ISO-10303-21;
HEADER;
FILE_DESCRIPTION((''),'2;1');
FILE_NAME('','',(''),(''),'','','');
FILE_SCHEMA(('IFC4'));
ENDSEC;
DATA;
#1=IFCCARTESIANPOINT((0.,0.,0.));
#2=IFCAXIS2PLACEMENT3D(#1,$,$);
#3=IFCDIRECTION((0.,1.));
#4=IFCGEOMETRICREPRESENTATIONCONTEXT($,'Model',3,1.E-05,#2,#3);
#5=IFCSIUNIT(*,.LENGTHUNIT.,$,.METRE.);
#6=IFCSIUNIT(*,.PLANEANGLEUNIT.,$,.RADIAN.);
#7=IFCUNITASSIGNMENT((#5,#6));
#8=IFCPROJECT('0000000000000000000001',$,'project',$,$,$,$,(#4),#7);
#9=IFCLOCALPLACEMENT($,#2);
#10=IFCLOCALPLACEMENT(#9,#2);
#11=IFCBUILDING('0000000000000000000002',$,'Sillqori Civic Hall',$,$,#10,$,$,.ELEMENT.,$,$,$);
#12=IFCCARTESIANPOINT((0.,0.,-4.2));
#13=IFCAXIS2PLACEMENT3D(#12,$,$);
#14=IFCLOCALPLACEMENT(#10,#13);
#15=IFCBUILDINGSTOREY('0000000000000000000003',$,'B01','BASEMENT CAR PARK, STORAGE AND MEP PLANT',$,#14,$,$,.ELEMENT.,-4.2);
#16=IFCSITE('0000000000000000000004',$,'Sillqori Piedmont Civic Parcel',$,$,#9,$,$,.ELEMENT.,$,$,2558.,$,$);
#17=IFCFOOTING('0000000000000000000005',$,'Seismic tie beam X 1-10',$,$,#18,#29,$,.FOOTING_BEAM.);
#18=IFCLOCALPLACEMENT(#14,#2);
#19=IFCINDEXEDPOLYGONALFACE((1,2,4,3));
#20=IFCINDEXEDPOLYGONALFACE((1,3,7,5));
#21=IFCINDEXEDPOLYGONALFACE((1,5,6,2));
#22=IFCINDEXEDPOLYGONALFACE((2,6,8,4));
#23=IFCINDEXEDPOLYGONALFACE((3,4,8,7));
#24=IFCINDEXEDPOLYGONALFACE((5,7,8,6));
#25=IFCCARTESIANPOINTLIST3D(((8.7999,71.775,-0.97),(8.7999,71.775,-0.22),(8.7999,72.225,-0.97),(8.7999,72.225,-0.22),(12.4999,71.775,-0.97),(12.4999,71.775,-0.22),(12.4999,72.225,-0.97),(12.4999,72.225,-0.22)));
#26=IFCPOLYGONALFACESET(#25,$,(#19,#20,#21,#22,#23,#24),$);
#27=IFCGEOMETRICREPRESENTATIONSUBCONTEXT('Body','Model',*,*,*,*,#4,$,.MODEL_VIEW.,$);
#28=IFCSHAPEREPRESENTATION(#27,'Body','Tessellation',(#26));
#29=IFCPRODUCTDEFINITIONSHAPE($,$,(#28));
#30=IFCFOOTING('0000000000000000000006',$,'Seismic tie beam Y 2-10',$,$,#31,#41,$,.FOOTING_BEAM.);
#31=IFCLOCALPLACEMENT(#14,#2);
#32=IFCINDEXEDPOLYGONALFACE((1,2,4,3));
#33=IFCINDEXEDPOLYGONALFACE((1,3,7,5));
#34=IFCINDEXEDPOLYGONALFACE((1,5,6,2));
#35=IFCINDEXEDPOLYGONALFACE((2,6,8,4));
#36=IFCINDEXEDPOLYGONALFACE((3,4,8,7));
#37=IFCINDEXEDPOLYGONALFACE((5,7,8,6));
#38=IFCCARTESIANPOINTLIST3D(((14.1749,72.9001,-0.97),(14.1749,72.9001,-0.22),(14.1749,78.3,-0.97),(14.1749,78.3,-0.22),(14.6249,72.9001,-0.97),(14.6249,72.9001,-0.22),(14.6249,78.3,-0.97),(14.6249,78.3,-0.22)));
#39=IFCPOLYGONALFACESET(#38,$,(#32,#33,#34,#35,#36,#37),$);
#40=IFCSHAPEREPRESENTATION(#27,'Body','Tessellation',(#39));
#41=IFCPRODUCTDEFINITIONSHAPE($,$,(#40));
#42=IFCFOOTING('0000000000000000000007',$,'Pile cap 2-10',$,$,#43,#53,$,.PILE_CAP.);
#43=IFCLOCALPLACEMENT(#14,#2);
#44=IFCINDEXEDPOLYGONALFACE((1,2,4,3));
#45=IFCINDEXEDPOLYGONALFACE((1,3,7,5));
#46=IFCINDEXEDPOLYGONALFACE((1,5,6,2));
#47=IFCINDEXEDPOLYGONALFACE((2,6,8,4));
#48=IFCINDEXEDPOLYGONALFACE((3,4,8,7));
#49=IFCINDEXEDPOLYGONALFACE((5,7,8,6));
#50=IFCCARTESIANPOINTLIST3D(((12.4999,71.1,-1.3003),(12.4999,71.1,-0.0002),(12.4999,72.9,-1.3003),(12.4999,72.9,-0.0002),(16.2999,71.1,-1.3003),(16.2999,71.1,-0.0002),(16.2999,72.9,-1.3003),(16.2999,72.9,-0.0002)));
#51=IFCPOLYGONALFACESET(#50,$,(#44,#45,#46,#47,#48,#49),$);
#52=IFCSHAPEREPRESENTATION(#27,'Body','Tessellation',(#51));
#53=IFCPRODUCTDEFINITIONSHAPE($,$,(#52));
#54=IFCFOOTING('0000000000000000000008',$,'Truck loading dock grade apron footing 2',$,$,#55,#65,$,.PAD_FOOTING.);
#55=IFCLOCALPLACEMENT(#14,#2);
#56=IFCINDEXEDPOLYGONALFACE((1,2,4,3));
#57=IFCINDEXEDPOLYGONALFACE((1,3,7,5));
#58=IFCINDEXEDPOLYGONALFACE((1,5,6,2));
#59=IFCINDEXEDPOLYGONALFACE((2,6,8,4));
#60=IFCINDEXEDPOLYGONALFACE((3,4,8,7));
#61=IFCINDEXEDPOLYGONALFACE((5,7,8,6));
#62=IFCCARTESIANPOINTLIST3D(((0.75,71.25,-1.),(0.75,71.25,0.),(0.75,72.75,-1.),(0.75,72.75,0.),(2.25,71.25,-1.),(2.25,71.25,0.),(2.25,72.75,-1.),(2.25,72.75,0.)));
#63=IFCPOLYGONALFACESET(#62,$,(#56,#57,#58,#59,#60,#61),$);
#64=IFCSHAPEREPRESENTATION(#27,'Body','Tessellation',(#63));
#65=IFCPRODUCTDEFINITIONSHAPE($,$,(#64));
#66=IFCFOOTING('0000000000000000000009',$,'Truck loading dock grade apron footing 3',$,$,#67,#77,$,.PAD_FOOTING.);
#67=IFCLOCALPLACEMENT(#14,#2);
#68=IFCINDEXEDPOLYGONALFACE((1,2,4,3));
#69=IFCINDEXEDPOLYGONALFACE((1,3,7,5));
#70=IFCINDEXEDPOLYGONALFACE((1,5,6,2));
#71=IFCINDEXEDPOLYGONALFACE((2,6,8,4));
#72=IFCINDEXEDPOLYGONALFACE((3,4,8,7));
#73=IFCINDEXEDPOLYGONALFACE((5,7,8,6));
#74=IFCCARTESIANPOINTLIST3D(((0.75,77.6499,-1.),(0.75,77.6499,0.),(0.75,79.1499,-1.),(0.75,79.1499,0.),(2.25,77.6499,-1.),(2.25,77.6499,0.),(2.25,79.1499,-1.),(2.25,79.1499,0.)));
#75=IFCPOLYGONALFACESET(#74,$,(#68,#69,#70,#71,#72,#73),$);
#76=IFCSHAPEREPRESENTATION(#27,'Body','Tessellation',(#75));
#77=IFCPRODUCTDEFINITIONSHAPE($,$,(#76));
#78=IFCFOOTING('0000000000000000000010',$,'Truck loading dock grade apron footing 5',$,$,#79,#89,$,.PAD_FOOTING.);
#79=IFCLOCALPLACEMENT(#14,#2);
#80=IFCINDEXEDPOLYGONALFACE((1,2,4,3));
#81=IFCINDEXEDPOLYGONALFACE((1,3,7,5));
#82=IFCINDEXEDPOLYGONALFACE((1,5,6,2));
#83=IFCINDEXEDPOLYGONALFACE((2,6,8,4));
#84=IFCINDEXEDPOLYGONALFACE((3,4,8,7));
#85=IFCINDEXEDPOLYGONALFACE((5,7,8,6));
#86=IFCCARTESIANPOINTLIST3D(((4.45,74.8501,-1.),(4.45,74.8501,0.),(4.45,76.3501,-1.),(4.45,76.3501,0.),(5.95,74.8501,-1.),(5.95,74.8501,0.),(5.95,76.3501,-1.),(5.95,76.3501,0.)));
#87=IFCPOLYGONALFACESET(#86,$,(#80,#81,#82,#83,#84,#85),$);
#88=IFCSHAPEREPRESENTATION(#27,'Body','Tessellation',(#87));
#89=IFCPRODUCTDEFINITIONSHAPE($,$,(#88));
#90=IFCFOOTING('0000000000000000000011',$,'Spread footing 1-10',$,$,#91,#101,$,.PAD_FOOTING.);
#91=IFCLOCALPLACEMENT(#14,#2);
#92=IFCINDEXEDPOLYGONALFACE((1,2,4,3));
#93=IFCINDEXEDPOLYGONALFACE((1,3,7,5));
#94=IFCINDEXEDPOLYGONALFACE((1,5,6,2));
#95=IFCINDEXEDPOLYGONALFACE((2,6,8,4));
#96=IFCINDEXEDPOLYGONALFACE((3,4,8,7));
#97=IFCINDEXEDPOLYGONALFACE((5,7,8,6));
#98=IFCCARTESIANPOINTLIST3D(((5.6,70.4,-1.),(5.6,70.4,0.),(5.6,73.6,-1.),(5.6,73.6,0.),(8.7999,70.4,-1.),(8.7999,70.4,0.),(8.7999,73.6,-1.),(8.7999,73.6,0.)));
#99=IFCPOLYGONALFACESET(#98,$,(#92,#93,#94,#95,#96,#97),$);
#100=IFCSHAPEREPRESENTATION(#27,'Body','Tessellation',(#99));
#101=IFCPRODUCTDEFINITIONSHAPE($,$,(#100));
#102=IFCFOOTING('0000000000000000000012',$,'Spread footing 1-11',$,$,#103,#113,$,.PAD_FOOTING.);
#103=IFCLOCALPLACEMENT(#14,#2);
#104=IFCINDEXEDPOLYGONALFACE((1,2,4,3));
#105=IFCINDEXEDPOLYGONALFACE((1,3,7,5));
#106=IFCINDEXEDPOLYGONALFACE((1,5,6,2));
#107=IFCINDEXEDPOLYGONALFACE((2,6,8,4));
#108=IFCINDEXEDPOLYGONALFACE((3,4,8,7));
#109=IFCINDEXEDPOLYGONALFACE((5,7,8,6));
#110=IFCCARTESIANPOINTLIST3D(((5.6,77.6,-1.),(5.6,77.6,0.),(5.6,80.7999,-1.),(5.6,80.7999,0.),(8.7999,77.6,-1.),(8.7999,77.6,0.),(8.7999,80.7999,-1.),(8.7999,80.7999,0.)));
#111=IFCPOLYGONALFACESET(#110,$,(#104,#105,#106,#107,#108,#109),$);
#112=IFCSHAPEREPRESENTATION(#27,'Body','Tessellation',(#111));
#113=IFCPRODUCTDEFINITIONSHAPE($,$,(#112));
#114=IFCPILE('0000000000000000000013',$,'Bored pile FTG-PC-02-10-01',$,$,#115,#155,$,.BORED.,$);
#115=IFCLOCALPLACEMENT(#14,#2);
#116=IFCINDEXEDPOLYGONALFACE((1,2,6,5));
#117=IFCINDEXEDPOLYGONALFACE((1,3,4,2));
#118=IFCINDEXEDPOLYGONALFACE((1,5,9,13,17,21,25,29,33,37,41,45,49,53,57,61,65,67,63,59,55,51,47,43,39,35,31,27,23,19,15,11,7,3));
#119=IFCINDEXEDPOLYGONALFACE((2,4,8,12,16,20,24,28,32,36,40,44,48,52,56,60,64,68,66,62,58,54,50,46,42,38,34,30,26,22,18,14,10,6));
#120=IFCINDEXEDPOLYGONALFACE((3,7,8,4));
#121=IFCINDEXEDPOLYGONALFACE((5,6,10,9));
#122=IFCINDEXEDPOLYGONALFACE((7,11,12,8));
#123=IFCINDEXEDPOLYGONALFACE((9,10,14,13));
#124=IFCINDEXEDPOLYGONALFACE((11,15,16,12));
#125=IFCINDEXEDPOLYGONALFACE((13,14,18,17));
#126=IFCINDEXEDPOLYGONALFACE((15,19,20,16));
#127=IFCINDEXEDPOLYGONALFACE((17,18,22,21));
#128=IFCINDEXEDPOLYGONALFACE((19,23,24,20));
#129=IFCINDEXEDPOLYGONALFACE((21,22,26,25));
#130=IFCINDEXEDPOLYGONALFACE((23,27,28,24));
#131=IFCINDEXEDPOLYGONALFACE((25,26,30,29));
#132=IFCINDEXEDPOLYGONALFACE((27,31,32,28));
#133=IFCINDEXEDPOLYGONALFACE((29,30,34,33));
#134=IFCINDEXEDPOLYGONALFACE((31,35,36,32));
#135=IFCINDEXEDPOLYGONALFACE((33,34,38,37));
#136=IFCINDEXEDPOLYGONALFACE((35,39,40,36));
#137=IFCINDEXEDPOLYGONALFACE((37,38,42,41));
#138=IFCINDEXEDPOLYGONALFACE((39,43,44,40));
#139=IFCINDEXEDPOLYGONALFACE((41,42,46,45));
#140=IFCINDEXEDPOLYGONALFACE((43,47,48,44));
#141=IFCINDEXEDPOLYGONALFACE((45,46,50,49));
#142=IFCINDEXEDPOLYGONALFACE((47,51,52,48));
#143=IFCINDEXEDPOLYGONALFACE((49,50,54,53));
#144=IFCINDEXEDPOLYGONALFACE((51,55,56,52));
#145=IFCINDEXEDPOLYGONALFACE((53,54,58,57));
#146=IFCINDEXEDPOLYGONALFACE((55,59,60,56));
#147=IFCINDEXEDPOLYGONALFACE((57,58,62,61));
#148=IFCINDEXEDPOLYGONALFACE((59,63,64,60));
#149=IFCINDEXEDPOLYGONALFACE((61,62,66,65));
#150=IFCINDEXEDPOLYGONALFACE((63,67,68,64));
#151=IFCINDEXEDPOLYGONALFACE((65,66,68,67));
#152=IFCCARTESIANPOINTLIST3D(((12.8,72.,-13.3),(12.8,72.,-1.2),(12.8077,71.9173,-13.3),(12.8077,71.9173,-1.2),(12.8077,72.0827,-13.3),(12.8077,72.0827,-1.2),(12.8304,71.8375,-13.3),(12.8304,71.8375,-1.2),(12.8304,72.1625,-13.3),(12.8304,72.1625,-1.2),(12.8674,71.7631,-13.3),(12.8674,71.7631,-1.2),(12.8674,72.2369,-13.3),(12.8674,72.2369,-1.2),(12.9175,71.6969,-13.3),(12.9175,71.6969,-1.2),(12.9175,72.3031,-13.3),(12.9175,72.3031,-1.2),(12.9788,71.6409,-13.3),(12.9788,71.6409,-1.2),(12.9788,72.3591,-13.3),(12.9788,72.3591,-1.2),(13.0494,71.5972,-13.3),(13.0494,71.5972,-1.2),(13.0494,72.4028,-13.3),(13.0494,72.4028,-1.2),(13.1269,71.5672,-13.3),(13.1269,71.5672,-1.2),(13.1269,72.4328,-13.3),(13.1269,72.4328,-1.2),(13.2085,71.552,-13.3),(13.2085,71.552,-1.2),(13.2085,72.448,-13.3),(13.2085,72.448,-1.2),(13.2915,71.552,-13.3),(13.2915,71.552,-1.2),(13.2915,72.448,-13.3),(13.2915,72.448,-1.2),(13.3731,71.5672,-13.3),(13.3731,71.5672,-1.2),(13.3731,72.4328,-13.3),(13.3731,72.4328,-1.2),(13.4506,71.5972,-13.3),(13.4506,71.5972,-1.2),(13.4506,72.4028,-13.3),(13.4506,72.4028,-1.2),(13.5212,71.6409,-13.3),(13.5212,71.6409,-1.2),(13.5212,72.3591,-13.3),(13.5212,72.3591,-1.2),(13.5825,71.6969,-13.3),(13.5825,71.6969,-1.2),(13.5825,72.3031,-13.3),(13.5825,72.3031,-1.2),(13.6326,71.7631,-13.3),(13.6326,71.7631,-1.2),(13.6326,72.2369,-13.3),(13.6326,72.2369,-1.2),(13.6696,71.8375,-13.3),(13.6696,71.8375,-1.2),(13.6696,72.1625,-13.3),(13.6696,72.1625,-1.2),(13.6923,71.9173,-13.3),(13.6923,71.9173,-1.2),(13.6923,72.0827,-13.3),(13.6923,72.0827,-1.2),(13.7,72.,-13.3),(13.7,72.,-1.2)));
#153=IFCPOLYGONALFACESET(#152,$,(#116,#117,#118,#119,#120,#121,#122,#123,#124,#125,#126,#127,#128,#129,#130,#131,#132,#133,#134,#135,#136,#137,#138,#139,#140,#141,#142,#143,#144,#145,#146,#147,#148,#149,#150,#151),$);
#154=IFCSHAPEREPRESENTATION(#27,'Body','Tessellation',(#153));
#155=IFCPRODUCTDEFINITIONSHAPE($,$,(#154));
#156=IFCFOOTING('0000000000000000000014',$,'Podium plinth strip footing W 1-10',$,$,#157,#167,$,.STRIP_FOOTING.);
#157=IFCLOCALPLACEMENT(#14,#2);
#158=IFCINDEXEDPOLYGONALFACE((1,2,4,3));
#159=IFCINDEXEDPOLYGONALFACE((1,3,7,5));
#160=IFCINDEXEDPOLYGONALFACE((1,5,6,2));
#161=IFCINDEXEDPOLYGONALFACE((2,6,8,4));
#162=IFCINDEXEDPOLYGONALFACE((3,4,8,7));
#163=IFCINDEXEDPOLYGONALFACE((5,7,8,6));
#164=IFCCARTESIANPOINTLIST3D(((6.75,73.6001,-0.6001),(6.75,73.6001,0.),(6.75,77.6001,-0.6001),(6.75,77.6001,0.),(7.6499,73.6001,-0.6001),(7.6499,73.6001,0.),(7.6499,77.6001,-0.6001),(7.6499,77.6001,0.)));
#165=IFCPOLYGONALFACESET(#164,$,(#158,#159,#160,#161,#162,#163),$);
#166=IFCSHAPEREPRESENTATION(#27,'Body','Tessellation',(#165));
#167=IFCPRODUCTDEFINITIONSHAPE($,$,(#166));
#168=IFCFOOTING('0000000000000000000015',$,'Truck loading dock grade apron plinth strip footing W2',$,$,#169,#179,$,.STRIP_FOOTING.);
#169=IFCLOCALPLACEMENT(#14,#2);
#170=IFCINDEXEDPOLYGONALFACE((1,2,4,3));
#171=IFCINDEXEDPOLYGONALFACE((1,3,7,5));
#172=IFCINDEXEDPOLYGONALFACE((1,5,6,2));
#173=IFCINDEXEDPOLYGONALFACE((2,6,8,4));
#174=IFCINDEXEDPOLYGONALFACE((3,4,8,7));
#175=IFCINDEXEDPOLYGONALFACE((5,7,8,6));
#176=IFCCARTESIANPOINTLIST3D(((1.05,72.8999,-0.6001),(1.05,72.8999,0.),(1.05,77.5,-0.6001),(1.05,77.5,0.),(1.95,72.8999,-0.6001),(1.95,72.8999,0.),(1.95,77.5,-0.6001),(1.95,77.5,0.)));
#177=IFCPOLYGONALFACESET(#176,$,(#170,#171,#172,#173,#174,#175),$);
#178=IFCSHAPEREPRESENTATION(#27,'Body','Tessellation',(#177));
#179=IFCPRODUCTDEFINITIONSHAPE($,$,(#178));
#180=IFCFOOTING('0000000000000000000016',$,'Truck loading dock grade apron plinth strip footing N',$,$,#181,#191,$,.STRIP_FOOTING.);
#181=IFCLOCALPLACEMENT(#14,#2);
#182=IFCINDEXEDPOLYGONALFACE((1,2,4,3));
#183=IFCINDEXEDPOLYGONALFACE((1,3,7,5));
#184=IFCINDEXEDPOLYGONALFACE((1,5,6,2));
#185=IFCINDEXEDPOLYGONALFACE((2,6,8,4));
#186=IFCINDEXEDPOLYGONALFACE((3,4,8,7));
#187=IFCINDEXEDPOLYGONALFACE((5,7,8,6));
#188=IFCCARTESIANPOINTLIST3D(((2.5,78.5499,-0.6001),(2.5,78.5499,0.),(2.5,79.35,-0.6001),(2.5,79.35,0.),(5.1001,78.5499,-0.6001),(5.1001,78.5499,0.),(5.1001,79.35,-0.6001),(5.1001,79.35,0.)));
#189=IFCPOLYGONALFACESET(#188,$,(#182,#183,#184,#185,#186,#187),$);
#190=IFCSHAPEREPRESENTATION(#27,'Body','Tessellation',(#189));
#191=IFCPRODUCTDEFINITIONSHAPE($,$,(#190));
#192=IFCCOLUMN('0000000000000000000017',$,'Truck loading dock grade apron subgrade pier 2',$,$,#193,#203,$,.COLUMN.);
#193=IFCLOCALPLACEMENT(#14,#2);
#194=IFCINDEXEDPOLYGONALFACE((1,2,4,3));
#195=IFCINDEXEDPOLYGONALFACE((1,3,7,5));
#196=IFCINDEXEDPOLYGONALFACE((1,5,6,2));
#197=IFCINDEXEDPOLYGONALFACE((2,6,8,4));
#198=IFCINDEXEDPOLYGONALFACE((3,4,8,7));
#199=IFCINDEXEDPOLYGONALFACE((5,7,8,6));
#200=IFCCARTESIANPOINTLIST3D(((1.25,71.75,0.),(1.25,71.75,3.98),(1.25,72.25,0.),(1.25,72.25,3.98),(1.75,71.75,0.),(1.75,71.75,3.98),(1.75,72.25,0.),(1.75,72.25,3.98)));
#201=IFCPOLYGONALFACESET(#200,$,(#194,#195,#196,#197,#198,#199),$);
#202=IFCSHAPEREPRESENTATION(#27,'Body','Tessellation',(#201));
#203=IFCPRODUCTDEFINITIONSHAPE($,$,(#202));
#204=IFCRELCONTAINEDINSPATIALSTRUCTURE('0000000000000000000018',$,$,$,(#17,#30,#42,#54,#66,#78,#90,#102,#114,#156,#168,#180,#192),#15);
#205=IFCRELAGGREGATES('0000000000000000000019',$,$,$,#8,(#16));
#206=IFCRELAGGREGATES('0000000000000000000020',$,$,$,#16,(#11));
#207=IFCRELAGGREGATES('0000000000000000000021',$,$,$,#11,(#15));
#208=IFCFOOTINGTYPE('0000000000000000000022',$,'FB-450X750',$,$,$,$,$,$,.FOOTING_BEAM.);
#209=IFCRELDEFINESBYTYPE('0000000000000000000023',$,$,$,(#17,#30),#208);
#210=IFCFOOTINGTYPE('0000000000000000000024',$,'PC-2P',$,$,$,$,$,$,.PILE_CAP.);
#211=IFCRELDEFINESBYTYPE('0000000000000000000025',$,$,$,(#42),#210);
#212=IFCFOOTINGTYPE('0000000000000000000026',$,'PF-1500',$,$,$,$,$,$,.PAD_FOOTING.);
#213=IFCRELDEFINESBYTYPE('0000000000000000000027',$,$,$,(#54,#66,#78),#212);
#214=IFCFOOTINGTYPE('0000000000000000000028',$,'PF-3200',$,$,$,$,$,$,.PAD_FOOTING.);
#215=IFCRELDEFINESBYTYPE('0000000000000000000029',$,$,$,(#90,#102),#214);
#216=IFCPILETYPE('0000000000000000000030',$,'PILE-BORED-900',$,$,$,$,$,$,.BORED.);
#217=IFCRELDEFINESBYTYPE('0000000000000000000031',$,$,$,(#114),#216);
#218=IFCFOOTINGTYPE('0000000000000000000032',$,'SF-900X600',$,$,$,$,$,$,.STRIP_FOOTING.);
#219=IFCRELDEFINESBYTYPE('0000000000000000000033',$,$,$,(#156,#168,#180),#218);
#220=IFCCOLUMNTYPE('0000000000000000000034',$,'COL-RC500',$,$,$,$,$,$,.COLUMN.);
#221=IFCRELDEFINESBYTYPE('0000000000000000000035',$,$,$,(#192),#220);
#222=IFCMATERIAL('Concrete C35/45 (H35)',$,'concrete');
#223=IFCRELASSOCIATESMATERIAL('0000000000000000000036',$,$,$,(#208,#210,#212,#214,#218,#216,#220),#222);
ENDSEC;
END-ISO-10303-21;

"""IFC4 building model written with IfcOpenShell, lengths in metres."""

from ifc_helpers import new_model, si_unit, direction, frame, origin, origin_2d, place, context, subcontext, project, spatial, rectangle, circle, extrude, material, material_profile, profile_set, type_object, element, save


model = new_model("IFC4")

# Units and contexts
model_context = context("Model", 3, precision=1e-05, world=origin(), true_north=direction((0.0, 1.0)))
body_context = subcontext(model_context, "Body", "Model", "MODEL_VIEW")
ifc_project = project(units=[si_unit("LENGTHUNIT", "METRE"), si_unit("PLANEANGLEUNIT", "RADIAN")], contexts=[model_context])

# Site, building, storey
site_placement = place(None, origin())
site = spatial("IfcSite", under=ifc_project, at=site_placement, Name="Sillqori Piedmont Civic Parcel", CompositionType="ELEMENT", RefElevation=2558.0)
building_placement = place(site_placement, origin())
building = spatial("IfcBuilding", under=site, at=building_placement, Name="Sillqori Civic Hall", CompositionType="ELEMENT")
storey_placement = place(building_placement, frame((0.0, 0.0, -4.2)))
storey = spatial("IfcBuildingStorey", under=building, at=storey_placement, Name="B01", Description="BASEMENT CAR PARK, STORAGE AND MEP PLANT", CompositionType="ELEMENT", Elevation=-4.2)

# Footings
ifc_material = material(Name="Concrete C35/45 (H35)", Category="concrete")
footing_type_1 = type_object("IfcFootingType", Name="FB-450X750", PredefinedType="FOOTING_BEAM", material=ifc_material)
footing_1_placement = place(storey_placement, frame((10.6499, 72.0, -0.97), z_axis=(0.0, 0.0, 1.0), x_axis=(1.0, 0.0, 0.0)))
element("IfcFooting", 1, at=footing_1_placement, inside=storey, type_object=footing_type_1, Name="Seismic tie beam X 1-10", PredefinedType="FOOTING_BEAM", context=body_context, shape_type="SweptSolid", body=[
    extrude(rectangle(XDim=3.7, YDim=0.45, at=origin_2d()), origin(), (0.0, 0.0, 1.0), 0.75),
])
footing_2_placement = place(storey_placement, frame((14.3999, 75.6001, -0.97), z_axis=(0.0, 0.0, 1.0), x_axis=(1.0, 0.0, 0.0)))
element("IfcFooting", 2, at=footing_2_placement, inside=storey, type_object=footing_type_1, Name="Seismic tie beam Y 2-10", PredefinedType="FOOTING_BEAM", context=body_context, shape_type="SweptSolid", body=[
    extrude(rectangle(XDim=0.45, YDim=5.3999, at=origin_2d()), origin(), (0.0, 0.0, 1.0), 0.75),
])
footing_type_2 = type_object("IfcFootingType", Name="PC-2P", PredefinedType="PILE_CAP", material=ifc_material)
footing_3_placement = place(storey_placement, frame((14.3999, 72.0, -1.3003), z_axis=(0.0, 0.0, 1.0), x_axis=(1.0, 0.0, 0.0)))
element("IfcFooting", 3, at=footing_3_placement, inside=storey, type_object=footing_type_2, Name="Pile cap 2-10", PredefinedType="PILE_CAP", context=body_context, shape_type="SweptSolid", body=[
    extrude(rectangle(XDim=3.8, YDim=1.8, at=origin_2d()), origin(), (0.0, 0.0, 1.0), 1.3),
])
footing_type_3 = type_object("IfcFootingType", Name="PF-1500", PredefinedType="PAD_FOOTING", material=ifc_material)
for number, where, z_axis, x_axis, name in (
    (4, (1.5, 72.0, -1.0), (0.0, 0.0, 1.0), (1.0, 0.0, 0.0), "Truck loading dock grade apron footing 2"),
    (5, (1.5, 78.3999, -1.0), (0.0, 0.0, 1.0), (1.0, 0.0, 0.0), "Truck loading dock grade apron footing 3"),
    (6, (5.2, 75.6001, -1.0), (0.0, 0.0, 1.0), (1.0, 0.0, 0.0), "Truck loading dock grade apron footing 5"),
):
    element("IfcFooting", number, at=place(storey_placement, frame(where, z_axis=z_axis, x_axis=x_axis)), inside=storey, type_object=footing_type_3, Name=name, PredefinedType="PAD_FOOTING", context=body_context, shape_type="SweptSolid", body=[
        extrude(rectangle(XDim=1.5, YDim=1.5, at=origin_2d()), origin(), (0.0, 0.0, 1.0), 1.0),
    ])
footing_type_4 = type_object("IfcFootingType", Name="PF-3200", PredefinedType="PAD_FOOTING", material=ifc_material)
for number, where, z_axis, x_axis, name in (
    (7, (7.2, 72.0, -1.0), (0.0, 0.0, 1.0), (1.0, 0.0, 0.0), "Spread footing 1-10"),
    (8, (7.2, 79.2, -1.0), (0.0, 0.0, 1.0), (1.0, 0.0, 0.0), "Spread footing 1-11"),
):
    element("IfcFooting", number, at=place(storey_placement, frame(where, z_axis=z_axis, x_axis=x_axis)), inside=storey, type_object=footing_type_4, Name=name, PredefinedType="PAD_FOOTING", context=body_context, shape_type="SweptSolid", body=[
        extrude(rectangle(XDim=3.2, YDim=3.2, at=origin_2d()), origin(), (0.0, 0.0, 1.0), 1.0),
    ])

# Pile
ifc_material_profile_1 = material_profile(ifc_material, circle(Radius=0.45, at=origin_2d()), Name="BORED PILE 900")
ifc_profile_set_1 = profile_set([ifc_material_profile_1], Name="Concrete C35/45 (H35)")
pile_type = type_object("IfcPileType", Name="PILE-BORED-900", PredefinedType="BORED", material=ifc_profile_set_1)
pile_placement = place(storey_placement, frame((13.25, 72.0, -1.2), z_axis=(0.0, 0.0, -1.0), x_axis=(1.0, 0.0, 0.0)))
element("IfcPile", 9, at=pile_placement, inside=storey, type_object=pile_type, Name="Bored pile FTG-PC-02-10-01", PredefinedType="BORED", context=body_context, shape_type="SweptSolid", body=[
    extrude(circle(Radius=0.45, at=origin_2d()), origin(), (0.0, 0.0, 1.0), 12.1001),
])

# Footings
footing_type_5 = type_object("IfcFootingType", Name="SF-900X600", PredefinedType="STRIP_FOOTING", material=ifc_material)
footing_4_placement = place(storey_placement, frame((7.2, 75.6001, -0.6001), z_axis=(0.0, 0.0, 1.0), x_axis=(1.0, 0.0, 0.0)))
element("IfcFooting", 10, at=footing_4_placement, inside=storey, type_object=footing_type_5, Name="Podium plinth strip footing W 1-10", PredefinedType="STRIP_FOOTING", context=body_context, shape_type="SweptSolid", body=[
    extrude(rectangle(XDim=0.8999, YDim=4.0, at=origin_2d()), origin(), (0.0, 0.0, 1.0), 0.6001),
])
footing_5_placement = place(storey_placement, frame((1.5, 75.2, -0.6001), z_axis=(0.0, 0.0, 1.0), x_axis=(1.0, 0.0, 0.0)))
element("IfcFooting", 11, at=footing_5_placement, inside=storey, type_object=footing_type_5, Name="Truck loading dock grade apron plinth strip footing W2", PredefinedType="STRIP_FOOTING", context=body_context, shape_type="SweptSolid", body=[
    extrude(rectangle(XDim=0.8999, YDim=4.6001, at=origin_2d()), origin(), (0.0, 0.0, 1.0), 0.6001),
])
footing_6_placement = place(storey_placement, frame((3.8, 78.95, -0.6001), z_axis=(0.0, 0.0, 1.0), x_axis=(1.0, 0.0, 0.0)))
element("IfcFooting", 12, at=footing_6_placement, inside=storey, type_object=footing_type_5, Name="Truck loading dock grade apron plinth strip footing N", PredefinedType="STRIP_FOOTING", context=body_context, shape_type="SweptSolid", body=[
    extrude(rectangle(XDim=2.6001, YDim=0.8, at=origin_2d()), origin(), (0.0, 0.0, 1.0), 0.6001),
])

# Column
ifc_material_profile_2 = material_profile(ifc_material, rectangle(XDim=0.5, YDim=0.5, at=origin_2d()), Name="RC 500x500")
ifc_profile_set_2 = profile_set([ifc_material_profile_2], Name="Concrete C35/45 (H35)")
column_type_1 = type_object("IfcColumnType", Name="COL-RC500", PredefinedType="COLUMN", material=ifc_profile_set_2)
for number, where, z_axis, x_axis, name in (
    (13, (1.5, 72.0, 0.0), (0.0, 0.0, 1.0), (1.0, 0.0, 0.0), "Truck loading dock grade apron subgrade pier 2"),
):
    element("IfcColumn", number, at=place(storey_placement, frame(where, z_axis=z_axis, x_axis=x_axis)), inside=storey, type_object=column_type_1, Name=name, PredefinedType="COLUMN", context=body_context, shape_type="SweptSolid", body=[
        extrude(rectangle(XDim=0.5, YDim=0.5, at=origin_2d()), origin(), (0.0, 0.0, 1.0), 3.98),
    ])

save(model, "model.ifc")
